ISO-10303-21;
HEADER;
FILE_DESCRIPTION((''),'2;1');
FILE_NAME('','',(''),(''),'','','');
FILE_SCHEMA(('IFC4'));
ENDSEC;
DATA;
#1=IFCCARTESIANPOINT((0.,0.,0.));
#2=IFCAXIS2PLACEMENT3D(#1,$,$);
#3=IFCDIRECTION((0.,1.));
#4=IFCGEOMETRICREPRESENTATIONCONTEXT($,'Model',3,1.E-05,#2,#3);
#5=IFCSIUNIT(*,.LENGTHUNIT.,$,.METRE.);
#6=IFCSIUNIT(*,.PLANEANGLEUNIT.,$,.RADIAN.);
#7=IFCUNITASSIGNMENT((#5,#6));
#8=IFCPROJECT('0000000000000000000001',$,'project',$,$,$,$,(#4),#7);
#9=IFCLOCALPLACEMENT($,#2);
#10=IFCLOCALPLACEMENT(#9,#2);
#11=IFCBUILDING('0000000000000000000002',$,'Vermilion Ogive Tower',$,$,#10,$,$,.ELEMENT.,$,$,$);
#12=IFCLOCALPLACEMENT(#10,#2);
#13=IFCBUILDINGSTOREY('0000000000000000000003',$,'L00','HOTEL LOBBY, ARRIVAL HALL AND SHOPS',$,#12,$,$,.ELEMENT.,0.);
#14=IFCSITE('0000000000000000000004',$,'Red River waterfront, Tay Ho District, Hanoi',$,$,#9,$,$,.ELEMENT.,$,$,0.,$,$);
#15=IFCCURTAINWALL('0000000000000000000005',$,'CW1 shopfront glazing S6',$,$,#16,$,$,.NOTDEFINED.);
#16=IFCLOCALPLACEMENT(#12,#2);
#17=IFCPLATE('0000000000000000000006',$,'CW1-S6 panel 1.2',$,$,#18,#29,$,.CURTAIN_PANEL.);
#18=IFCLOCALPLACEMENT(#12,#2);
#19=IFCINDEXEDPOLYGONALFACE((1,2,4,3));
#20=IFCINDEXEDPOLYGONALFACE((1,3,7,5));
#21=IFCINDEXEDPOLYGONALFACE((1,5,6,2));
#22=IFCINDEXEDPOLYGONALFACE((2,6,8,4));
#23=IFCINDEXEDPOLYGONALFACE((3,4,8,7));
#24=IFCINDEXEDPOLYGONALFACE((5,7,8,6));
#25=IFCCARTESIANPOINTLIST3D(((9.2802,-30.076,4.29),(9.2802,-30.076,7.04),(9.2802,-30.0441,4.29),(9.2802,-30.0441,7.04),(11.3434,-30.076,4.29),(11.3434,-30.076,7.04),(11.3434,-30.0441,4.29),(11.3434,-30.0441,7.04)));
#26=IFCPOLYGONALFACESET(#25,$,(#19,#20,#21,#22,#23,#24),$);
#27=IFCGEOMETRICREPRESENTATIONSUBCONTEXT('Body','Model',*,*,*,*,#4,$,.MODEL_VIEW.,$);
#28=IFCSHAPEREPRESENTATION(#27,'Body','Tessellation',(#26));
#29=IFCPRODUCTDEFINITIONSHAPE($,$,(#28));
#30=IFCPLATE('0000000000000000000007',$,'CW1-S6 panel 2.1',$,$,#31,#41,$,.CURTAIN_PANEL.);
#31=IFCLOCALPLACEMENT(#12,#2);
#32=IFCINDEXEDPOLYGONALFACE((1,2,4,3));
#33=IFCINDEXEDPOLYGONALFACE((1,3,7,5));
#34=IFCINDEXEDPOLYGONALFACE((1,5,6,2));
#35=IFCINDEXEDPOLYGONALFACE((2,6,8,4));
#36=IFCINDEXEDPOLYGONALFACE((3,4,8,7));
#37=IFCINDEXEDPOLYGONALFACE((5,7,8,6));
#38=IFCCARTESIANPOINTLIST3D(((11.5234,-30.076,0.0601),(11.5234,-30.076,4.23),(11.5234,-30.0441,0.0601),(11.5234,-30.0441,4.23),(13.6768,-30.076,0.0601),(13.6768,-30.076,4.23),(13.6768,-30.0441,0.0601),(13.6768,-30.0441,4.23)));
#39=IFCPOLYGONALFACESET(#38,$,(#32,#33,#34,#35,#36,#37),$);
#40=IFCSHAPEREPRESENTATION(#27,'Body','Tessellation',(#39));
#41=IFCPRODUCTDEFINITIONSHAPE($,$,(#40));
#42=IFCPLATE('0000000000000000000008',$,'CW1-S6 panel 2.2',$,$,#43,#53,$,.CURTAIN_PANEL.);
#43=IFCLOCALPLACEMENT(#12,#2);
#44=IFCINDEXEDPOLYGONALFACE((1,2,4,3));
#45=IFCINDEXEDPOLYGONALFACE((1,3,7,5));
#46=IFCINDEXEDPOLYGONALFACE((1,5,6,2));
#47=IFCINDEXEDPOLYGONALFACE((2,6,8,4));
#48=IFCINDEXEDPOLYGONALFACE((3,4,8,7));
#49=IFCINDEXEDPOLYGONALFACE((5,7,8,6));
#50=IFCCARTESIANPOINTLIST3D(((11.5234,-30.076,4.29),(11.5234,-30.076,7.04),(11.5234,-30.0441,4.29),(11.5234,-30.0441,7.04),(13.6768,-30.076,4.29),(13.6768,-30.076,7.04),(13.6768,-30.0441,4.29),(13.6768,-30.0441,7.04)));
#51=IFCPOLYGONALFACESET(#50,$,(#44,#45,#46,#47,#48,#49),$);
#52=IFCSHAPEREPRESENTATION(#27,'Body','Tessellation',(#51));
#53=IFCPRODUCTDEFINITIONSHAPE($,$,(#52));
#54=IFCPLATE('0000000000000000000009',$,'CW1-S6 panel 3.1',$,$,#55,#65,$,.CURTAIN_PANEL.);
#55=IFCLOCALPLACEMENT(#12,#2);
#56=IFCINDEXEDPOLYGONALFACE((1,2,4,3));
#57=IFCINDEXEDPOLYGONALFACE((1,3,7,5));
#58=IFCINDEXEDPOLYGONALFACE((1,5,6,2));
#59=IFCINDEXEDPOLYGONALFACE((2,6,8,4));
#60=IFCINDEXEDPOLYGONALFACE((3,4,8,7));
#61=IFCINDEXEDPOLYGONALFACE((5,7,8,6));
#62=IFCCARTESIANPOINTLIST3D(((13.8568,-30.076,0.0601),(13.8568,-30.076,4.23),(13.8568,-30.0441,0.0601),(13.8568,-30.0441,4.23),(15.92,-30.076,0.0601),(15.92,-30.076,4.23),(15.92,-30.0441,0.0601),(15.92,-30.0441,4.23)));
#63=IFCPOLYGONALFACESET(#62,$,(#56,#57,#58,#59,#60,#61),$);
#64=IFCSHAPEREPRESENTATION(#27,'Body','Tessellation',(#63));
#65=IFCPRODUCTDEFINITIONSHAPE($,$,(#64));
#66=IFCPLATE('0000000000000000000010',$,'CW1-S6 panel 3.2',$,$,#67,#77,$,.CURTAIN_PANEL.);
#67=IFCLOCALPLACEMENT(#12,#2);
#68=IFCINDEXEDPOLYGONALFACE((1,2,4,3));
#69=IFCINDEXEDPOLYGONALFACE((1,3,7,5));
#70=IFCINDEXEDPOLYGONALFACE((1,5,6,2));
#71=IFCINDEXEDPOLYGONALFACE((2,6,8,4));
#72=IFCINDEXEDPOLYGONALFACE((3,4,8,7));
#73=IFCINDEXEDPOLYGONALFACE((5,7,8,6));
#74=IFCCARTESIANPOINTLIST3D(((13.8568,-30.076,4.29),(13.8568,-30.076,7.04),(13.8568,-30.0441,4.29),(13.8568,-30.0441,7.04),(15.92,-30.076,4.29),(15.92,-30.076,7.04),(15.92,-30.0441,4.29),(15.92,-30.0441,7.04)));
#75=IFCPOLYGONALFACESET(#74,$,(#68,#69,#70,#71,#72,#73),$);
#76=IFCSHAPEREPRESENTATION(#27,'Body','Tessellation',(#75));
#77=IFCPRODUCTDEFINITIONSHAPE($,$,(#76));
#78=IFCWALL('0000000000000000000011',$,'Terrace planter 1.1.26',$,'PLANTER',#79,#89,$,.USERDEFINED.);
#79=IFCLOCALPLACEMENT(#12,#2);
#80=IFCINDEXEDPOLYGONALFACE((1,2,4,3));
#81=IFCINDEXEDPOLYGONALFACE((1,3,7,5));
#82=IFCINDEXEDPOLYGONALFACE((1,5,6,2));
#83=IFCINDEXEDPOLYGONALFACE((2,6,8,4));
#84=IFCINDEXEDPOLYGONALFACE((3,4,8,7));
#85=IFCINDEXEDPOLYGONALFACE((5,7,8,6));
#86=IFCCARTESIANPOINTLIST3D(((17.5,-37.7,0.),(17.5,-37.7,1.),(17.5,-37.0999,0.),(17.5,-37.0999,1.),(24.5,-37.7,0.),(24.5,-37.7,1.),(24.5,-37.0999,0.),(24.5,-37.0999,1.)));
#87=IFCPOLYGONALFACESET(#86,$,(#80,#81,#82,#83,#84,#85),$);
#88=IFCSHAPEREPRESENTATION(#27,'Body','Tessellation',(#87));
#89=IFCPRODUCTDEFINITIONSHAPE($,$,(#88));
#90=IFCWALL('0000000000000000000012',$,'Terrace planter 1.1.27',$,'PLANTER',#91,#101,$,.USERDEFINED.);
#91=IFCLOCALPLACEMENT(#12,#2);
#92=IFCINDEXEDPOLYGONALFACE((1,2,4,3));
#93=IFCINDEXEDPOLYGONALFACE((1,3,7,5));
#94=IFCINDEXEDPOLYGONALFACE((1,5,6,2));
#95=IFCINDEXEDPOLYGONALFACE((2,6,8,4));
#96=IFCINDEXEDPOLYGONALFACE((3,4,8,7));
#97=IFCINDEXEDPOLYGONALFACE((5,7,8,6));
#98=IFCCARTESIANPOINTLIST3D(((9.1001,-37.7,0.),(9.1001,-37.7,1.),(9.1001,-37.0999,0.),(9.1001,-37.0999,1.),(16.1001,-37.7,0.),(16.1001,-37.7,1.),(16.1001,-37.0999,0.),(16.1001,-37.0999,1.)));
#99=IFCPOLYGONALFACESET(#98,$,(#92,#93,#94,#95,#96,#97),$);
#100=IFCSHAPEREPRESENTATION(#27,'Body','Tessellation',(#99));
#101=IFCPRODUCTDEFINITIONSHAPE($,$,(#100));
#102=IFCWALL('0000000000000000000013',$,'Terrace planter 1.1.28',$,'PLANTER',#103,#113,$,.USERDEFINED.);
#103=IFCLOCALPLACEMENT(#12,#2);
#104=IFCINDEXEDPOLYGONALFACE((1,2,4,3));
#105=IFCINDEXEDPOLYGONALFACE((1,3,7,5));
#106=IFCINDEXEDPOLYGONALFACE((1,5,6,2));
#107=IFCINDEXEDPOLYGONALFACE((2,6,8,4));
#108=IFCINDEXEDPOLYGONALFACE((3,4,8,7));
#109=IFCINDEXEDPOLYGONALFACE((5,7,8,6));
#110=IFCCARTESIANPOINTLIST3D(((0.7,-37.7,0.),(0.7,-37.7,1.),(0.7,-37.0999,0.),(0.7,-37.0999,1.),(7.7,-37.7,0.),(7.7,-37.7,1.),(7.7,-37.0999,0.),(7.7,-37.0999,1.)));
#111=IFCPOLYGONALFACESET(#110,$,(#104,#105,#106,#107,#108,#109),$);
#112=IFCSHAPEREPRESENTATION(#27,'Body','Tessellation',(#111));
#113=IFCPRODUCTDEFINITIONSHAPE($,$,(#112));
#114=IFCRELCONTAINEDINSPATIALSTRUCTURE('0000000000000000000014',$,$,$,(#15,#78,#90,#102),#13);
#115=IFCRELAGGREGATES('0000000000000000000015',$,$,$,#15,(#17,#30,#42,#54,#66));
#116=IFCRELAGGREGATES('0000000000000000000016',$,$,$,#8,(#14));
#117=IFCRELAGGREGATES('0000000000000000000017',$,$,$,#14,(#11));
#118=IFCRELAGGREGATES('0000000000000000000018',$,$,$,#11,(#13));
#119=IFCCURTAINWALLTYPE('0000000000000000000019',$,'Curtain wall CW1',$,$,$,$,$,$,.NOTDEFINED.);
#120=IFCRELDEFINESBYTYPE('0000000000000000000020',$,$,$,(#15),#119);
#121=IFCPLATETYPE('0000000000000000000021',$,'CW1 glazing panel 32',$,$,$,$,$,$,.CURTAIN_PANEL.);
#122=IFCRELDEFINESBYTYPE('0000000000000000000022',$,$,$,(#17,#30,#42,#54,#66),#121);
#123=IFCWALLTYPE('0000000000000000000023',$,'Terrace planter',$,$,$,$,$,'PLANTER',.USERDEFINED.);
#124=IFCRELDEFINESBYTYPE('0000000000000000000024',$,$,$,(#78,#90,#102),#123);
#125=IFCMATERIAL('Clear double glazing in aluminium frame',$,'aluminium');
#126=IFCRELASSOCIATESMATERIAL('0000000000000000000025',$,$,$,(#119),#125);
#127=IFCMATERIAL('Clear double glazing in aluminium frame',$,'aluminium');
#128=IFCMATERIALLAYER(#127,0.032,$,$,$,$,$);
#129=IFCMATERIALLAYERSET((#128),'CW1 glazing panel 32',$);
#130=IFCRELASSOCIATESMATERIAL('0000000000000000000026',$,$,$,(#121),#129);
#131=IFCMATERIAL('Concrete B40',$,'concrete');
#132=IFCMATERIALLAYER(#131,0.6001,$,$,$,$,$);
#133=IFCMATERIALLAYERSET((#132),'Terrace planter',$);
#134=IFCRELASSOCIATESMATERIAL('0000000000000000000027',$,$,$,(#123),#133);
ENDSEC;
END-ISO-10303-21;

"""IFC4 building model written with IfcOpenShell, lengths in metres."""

from ifc_helpers import new_model, si_unit, direction, frame, frame_2d, origin, origin_2d, place, context, subcontext, project, spatial, rectangle, extrude, material, layer, layer_set, type_object, element, aggregate, save


model = new_model("IFC4")

# Units and contexts
model_context = context("Model", 3, precision=1e-05, world=origin(), true_north=direction((0.0, 1.0)))
body_context = subcontext(model_context, "Body", "Model", "MODEL_VIEW")
ifc_project = project(units=[si_unit("LENGTHUNIT", "METRE"), si_unit("PLANEANGLEUNIT", "RADIAN")], contexts=[model_context])

# Site, building, storey
site_placement = place(None, origin())
site = spatial("IfcSite", under=ifc_project, at=site_placement, Name="Red River waterfront, Tay Ho District, Hanoi", CompositionType="ELEMENT", RefElevation=0.0)
building_placement = place(site_placement, origin())
building = spatial("IfcBuilding", under=site, at=building_placement, Name="Vermilion Ogive Tower", CompositionType="ELEMENT")
storey_placement = place(building_placement, origin())
storey = spatial("IfcBuildingStorey", under=building, at=storey_placement, Name="L00", Description="HOTEL LOBBY, ARRIVAL HALL AND SHOPS", CompositionType="ELEMENT", Elevation=0.0)

# Curtain wall, plates
ifc_material_1 = material(Name="Clear double glazing in aluminium frame", Category="aluminium")
curtain_wall_type = type_object("IfcCurtainWallType", Name="Curtain wall CW1", PredefinedType="NOTDEFINED", material=ifc_material_1)
curtain_wall_placement = place(storey_placement, origin())
curtain_wall = element("IfcCurtainWall", 1, at=curtain_wall_placement, inside=storey, type_object=curtain_wall_type, Name="CW1 shopfront glazing S6", PredefinedType="NOTDEFINED")
ifc_material_2 = material(Name="Clear double glazing in aluminium frame", Category="aluminium")
ifc_layer_1 = layer(ifc_material_2, 0.032)
ifc_layer_set_1 = layer_set([ifc_layer_1], Name="CW1 glazing panel 32")
plate_type = type_object("IfcPlateType", Name="CW1 glazing panel 32", PredefinedType="CURTAIN_PANEL", material=ifc_layer_set_1)
plate_1_placement = place(storey_placement, frame((10.3118, -30.0601, 4.29), z_axis=(0.0, 0.0, 1.0), x_axis=(1.0, 0.0, 0.0)))
plate_1 = element("IfcPlate", 2, at=plate_1_placement, type_object=plate_type, Name="CW1-S6 panel 1.2", PredefinedType="CURTAIN_PANEL", context=body_context, shape_type="SweptSolid", body=[
    extrude(rectangle(XDim=2.0632, YDim=0.032, at=origin_2d()), origin(), (0.0, 0.0, 1.0), 2.75),
])
plate_2_placement = place(storey_placement, frame((12.6001, -30.0601, 0.0601), z_axis=(0.0, 0.0, 1.0), x_axis=(1.0, 0.0, 0.0)))
plate_2 = element("IfcPlate", 3, at=plate_2_placement, type_object=plate_type, Name="CW1-S6 panel 2.1", PredefinedType="CURTAIN_PANEL", context=body_context, shape_type="SweptSolid", body=[
    extrude(rectangle(XDim=2.1533, YDim=0.032, at=origin_2d()), origin(), (0.0, 0.0, 1.0), 4.1699),
])
plate_3_placement = place(storey_placement, frame((12.6001, -30.0601, 4.29), z_axis=(0.0, 0.0, 1.0), x_axis=(1.0, 0.0, 0.0)))
plate_3 = element("IfcPlate", 4, at=plate_3_placement, type_object=plate_type, Name="CW1-S6 panel 2.2", PredefinedType="CURTAIN_PANEL", context=body_context, shape_type="SweptSolid", body=[
    extrude(rectangle(XDim=2.1533, YDim=0.032, at=origin_2d()), origin(), (0.0, 0.0, 1.0), 2.75),
])
plate_4_placement = place(storey_placement, frame((14.8884, -30.0601, 0.0601), z_axis=(0.0, 0.0, 1.0), x_axis=(1.0, 0.0, 0.0)))
plate_4 = element("IfcPlate", 5, at=plate_4_placement, type_object=plate_type, Name="CW1-S6 panel 3.1", PredefinedType="CURTAIN_PANEL", context=body_context, shape_type="SweptSolid", body=[
    extrude(rectangle(XDim=2.0632, YDim=0.032, at=origin_2d()), origin(), (0.0, 0.0, 1.0), 4.1699),
])
plate_5_placement = place(storey_placement, frame((14.8884, -30.0601, 4.29), z_axis=(0.0, 0.0, 1.0), x_axis=(1.0, 0.0, 0.0)))
plate_5 = element("IfcPlate", 6, at=plate_5_placement, type_object=plate_type, Name="CW1-S6 panel 3.2", PredefinedType="CURTAIN_PANEL", context=body_context, shape_type="SweptSolid", body=[
    extrude(rectangle(XDim=2.0632, YDim=0.032, at=origin_2d()), origin(), (0.0, 0.0, 1.0), 2.75),
])
aggregate(curtain_wall, [plate_1, plate_2, plate_3, plate_4, plate_5])

# Walls
ifc_material_3 = material(Name="Concrete B40", Category="concrete")
ifc_layer_2 = layer(ifc_material_3, 0.6001)
ifc_layer_set_2 = layer_set([ifc_layer_2], Name="Terrace planter")
wall_type = type_object("IfcWallType", Name="Terrace planter", ElementType="PLANTER", PredefinedType="USERDEFINED", material=ifc_layer_set_2)
for number, where, z_axis, x_axis, name in (
    (7, (24.5, -37.3999, 0.0), (0.0, 0.0, 1.0), (-1.0, 0.0, 0.0), "Terrace planter 1.1.26"),
    (8, (16.1001, -37.3999, 0.0), (0.0, 0.0, 1.0), (-1.0, 0.0, 0.0), "Terrace planter 1.1.27"),
    (9, (7.7, -37.3999, 0.0), (0.0, 0.0, 1.0), (-1.0, 0.0, 0.0), "Terrace planter 1.1.28"),
):
    element("IfcWall", number, at=place(storey_placement, frame(where, z_axis=z_axis, x_axis=x_axis)), inside=storey, type_object=wall_type, Name=name, ObjectType="PLANTER", PredefinedType="USERDEFINED", context=body_context, shape_type="SweptSolid", body=[
        extrude(rectangle(XDim=7.0, YDim=0.6001, at=frame_2d((3.5, 0.0))), origin(), (0.0, 0.0, 1.0), 1.0),
    ])

save(model, "model.ifc")
